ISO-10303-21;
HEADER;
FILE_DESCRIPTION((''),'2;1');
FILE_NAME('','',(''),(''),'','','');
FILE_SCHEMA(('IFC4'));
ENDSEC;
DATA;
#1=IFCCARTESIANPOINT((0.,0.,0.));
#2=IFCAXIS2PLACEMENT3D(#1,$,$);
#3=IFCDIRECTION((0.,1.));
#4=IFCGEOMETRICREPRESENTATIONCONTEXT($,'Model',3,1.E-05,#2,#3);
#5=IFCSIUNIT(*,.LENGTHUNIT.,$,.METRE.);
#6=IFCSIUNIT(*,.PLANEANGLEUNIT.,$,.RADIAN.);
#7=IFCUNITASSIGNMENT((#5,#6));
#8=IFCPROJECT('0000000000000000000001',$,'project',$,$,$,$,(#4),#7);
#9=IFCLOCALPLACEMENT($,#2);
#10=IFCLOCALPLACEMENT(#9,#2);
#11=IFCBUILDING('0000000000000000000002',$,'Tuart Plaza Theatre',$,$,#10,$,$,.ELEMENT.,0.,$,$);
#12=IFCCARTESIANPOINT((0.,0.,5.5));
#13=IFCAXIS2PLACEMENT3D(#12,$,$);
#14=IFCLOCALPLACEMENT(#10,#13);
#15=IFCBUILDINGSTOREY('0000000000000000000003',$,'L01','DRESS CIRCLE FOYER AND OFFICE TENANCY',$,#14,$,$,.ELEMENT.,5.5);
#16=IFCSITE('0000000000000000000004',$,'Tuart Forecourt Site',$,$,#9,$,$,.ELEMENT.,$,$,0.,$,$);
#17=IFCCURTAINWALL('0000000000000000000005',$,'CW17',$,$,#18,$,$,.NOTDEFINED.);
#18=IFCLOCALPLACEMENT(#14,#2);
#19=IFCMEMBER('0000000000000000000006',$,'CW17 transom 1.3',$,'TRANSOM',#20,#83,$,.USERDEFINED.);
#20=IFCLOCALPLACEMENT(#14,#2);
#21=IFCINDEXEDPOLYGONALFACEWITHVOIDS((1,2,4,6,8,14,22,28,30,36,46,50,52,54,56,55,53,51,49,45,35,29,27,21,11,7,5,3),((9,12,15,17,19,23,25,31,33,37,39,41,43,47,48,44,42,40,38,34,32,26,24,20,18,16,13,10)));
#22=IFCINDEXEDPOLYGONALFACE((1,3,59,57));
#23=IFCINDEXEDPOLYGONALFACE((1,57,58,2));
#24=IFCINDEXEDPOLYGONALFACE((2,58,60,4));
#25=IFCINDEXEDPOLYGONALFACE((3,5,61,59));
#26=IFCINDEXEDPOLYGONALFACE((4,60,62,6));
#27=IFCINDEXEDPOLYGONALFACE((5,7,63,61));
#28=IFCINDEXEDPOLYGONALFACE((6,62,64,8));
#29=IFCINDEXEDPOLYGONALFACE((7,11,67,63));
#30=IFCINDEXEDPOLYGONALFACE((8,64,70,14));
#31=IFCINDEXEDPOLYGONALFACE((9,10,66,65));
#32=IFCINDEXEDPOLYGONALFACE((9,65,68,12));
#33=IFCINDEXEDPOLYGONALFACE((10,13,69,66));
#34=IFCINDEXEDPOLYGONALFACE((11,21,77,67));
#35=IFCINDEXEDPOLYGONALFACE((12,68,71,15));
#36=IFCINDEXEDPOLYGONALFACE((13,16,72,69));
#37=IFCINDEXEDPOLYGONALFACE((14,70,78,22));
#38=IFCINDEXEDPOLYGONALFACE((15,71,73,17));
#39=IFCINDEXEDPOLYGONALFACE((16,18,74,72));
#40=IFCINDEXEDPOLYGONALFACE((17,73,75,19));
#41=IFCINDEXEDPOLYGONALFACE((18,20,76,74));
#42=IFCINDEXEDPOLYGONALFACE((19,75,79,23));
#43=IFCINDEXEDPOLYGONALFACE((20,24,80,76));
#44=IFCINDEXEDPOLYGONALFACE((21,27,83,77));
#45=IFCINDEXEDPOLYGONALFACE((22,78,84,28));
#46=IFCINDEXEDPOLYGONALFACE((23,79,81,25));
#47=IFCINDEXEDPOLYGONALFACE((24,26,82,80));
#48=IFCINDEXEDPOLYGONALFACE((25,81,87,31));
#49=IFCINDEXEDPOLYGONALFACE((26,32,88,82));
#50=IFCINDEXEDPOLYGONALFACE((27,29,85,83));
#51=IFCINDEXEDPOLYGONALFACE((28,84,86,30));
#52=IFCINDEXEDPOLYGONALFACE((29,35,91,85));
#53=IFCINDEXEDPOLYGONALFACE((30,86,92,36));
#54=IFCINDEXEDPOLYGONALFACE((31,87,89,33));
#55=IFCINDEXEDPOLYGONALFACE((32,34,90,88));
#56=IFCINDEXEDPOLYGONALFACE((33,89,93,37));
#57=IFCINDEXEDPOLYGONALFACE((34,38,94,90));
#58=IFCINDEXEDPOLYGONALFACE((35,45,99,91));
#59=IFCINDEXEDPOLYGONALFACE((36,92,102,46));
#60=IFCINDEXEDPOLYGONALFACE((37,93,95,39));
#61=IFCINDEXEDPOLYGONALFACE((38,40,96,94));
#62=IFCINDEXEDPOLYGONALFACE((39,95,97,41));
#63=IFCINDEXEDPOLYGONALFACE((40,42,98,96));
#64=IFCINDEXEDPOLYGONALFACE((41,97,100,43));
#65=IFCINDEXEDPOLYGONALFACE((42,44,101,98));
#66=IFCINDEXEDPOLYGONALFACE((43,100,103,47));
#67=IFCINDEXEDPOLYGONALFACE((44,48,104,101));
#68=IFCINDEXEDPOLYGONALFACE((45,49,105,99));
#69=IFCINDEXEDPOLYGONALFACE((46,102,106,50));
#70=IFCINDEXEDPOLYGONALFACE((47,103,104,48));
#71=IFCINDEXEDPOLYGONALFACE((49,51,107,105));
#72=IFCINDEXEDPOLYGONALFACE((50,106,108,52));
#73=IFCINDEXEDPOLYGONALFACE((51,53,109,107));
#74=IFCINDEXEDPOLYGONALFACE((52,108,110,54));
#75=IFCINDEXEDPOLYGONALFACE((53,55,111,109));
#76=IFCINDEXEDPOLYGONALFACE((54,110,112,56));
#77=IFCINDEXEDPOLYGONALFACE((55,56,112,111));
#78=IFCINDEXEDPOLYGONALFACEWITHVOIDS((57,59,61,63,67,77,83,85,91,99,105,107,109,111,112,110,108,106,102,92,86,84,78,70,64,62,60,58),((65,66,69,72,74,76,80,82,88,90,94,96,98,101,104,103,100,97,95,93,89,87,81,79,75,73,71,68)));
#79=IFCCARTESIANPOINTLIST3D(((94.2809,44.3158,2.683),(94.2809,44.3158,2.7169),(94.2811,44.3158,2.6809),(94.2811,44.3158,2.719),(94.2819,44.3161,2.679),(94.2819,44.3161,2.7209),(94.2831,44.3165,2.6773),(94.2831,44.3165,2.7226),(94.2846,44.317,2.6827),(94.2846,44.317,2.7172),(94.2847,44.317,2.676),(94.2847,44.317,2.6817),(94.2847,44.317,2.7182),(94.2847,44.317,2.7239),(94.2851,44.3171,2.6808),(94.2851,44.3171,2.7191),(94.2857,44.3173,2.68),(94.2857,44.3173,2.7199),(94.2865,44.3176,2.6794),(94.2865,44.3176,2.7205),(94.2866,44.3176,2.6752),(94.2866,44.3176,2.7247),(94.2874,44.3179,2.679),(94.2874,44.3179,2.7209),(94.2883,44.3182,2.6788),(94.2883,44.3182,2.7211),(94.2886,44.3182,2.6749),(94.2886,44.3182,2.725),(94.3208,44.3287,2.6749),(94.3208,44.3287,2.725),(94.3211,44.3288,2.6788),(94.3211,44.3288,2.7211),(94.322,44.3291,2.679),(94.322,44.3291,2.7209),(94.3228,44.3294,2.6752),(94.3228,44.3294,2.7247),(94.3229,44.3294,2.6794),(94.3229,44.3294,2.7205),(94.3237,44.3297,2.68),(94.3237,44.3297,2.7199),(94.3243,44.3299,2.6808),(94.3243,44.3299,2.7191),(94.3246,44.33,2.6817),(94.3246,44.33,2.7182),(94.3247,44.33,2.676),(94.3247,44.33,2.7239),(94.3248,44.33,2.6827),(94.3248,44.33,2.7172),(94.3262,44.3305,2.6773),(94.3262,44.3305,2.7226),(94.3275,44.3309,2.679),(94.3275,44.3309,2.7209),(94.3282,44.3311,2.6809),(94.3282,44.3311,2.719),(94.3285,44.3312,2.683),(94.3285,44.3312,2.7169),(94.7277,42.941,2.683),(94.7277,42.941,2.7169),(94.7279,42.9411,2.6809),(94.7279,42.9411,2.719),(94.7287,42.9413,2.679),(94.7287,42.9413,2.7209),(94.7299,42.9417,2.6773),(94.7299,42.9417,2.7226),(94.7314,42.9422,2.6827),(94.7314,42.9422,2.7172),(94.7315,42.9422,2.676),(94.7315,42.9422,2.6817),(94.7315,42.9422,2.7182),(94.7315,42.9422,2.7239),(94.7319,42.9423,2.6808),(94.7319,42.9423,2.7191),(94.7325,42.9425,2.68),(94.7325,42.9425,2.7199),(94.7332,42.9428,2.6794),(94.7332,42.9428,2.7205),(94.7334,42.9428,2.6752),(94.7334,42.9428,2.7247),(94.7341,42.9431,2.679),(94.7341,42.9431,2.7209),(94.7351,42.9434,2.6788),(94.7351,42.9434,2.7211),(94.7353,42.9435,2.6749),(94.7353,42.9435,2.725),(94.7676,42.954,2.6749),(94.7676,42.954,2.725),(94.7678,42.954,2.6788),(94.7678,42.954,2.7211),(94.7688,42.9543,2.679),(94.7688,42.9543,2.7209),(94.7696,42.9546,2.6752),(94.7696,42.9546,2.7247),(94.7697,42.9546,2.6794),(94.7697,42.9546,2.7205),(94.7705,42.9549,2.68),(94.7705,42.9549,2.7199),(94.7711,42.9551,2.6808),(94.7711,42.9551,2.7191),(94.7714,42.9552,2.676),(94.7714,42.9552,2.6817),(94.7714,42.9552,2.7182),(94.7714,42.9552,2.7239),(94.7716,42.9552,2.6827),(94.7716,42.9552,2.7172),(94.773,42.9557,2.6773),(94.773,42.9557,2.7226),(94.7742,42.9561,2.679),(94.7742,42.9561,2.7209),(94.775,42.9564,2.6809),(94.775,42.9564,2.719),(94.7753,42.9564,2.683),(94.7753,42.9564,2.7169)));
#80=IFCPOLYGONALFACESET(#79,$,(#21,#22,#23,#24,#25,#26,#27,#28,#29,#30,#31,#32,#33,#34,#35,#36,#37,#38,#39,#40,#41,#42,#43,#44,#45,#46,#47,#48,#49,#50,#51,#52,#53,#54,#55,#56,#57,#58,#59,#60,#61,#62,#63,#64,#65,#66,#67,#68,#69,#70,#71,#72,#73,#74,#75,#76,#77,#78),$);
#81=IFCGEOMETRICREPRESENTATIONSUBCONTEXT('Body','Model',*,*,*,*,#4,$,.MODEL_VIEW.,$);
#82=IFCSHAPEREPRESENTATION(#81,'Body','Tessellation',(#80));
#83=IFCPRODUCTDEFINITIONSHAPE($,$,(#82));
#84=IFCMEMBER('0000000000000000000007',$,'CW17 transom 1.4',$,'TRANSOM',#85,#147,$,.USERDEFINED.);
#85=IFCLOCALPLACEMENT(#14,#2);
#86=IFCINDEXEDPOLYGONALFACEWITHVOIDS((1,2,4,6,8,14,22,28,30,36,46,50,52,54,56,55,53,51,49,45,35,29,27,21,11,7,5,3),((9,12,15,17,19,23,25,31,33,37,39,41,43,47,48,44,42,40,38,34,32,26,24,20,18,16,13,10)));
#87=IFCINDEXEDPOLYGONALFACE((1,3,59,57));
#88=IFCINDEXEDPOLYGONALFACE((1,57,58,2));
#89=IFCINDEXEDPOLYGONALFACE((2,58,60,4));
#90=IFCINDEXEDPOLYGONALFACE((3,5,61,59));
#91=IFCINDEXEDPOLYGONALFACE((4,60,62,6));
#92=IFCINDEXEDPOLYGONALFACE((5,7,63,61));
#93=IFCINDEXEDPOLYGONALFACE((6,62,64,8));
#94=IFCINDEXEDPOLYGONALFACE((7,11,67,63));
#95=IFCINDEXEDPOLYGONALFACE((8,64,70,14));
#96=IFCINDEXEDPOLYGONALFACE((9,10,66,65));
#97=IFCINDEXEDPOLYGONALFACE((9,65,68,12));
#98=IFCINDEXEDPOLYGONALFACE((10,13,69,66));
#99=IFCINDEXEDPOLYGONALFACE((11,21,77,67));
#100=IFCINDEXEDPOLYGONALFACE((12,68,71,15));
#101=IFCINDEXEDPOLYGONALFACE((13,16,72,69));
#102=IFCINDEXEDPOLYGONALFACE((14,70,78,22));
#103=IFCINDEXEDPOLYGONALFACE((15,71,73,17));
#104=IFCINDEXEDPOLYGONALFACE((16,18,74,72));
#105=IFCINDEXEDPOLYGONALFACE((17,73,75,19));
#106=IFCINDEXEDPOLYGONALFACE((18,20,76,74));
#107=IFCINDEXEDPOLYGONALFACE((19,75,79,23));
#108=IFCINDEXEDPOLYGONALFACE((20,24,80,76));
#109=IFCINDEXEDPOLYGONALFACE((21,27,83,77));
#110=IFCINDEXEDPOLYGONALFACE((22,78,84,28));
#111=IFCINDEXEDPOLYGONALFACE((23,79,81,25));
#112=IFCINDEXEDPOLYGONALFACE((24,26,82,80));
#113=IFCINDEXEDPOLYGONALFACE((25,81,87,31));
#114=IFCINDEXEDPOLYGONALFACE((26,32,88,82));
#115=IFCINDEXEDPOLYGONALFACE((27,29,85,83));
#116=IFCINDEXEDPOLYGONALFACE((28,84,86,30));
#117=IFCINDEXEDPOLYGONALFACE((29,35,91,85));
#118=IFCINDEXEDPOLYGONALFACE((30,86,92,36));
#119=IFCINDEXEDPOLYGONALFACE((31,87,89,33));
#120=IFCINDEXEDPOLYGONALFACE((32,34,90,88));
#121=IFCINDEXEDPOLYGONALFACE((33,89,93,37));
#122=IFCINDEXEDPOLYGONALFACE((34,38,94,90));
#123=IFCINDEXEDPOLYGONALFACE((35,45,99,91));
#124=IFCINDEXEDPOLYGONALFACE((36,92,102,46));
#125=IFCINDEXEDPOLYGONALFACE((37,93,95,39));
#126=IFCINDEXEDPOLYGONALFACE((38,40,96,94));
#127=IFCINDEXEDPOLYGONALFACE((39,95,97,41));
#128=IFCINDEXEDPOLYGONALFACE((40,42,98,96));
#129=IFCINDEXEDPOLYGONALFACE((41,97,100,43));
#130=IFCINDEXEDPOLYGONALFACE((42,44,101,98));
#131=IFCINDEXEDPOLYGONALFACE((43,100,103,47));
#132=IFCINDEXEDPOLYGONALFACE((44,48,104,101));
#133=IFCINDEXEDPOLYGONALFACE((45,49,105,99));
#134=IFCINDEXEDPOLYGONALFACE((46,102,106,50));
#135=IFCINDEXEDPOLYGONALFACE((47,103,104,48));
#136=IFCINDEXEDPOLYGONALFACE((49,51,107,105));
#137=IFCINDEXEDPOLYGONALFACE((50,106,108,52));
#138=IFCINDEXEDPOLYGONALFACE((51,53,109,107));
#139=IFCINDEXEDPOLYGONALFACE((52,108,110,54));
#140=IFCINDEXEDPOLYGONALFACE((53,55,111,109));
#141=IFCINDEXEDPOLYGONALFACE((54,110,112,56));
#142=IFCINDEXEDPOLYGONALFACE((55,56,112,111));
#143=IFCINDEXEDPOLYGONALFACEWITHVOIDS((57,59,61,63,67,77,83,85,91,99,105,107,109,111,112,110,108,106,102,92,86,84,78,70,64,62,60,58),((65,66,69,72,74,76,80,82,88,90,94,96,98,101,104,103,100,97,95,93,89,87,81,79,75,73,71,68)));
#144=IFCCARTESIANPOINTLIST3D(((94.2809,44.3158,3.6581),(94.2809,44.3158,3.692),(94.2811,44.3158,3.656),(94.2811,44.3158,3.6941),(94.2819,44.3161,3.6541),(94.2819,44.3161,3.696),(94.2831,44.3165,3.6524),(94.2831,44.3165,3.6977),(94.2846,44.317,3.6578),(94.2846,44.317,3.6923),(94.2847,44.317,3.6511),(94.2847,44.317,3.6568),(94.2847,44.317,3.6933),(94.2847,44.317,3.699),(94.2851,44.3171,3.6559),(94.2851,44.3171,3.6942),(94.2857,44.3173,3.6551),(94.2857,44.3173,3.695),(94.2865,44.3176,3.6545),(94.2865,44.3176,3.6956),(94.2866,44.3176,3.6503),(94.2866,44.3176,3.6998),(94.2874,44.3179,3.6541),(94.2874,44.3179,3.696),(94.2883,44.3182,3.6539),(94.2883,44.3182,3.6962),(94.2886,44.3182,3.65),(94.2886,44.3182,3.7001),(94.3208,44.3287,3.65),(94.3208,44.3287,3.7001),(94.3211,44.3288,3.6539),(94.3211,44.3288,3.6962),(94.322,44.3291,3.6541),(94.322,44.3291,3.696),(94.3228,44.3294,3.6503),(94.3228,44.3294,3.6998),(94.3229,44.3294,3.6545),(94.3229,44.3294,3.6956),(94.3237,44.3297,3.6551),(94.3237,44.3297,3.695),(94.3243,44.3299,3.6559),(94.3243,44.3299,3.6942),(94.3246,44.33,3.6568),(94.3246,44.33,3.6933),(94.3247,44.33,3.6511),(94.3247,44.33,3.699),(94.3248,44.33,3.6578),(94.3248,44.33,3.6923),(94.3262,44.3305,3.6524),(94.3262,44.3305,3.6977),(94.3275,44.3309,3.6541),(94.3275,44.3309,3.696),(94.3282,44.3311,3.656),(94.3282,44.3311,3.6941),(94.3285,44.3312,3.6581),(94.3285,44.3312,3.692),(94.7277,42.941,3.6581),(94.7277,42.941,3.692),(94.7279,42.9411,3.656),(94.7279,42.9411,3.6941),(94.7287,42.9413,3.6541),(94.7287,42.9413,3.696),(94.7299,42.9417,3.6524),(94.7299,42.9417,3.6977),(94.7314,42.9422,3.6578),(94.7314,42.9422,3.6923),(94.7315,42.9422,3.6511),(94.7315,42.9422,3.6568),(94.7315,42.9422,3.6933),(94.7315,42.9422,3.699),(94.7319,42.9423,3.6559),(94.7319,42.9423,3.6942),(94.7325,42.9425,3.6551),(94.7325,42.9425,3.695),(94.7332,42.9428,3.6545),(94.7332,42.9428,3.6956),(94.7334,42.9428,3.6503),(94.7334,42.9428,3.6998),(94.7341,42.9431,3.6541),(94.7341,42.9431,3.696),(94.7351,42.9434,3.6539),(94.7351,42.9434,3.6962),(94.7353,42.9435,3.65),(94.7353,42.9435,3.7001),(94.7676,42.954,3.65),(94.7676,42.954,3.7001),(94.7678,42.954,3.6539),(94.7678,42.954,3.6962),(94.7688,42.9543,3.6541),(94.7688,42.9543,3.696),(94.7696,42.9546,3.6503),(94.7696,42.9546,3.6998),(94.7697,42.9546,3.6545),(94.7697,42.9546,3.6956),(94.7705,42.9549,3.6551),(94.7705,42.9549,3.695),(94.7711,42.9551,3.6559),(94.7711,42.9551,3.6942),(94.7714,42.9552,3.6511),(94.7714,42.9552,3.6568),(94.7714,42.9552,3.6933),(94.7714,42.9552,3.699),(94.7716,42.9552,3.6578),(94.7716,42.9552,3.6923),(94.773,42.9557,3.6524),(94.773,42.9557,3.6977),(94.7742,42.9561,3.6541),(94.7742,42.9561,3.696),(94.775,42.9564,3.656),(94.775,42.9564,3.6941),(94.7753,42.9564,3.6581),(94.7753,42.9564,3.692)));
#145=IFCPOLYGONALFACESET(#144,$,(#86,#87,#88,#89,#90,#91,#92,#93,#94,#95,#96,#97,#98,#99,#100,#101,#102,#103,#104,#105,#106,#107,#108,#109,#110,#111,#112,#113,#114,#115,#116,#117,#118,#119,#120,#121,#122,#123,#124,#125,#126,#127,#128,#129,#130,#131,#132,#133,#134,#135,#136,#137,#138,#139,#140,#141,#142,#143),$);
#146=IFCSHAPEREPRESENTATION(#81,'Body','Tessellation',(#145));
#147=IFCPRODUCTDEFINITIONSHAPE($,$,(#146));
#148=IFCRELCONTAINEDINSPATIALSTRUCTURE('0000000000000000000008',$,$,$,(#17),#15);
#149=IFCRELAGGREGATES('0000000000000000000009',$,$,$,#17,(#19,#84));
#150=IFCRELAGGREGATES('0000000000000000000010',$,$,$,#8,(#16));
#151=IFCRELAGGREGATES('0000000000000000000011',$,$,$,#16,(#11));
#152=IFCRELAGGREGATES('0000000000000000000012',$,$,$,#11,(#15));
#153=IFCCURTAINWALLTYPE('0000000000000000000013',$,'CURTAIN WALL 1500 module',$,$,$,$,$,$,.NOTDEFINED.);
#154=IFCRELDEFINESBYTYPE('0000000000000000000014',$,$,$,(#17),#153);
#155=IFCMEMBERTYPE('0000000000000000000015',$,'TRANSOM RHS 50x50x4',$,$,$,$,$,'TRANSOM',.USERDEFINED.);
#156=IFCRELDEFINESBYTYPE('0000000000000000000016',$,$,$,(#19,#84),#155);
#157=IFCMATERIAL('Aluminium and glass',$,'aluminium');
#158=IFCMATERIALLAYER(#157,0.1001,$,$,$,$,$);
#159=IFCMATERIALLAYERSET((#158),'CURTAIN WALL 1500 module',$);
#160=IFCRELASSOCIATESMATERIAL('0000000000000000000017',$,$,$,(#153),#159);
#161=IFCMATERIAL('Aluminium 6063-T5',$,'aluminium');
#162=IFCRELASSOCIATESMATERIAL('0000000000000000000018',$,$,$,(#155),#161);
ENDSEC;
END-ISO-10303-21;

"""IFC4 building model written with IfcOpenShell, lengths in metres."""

from ifc_helpers import new_model, si_unit, direction, frame, origin, origin_2d, place, context, subcontext, project, spatial, hollow_rectangle, extrude, material, layer, layer_set, material_profile, profile_set, type_object, element, aggregate, save


model = new_model("IFC4")

# Units and contexts
model_context = context("Model", 3, precision=1e-05, world=origin(), true_north=direction((0.0, 1.0)))
body_context = subcontext(model_context, "Body", "Model", "MODEL_VIEW")
ifc_project = project(units=[si_unit("LENGTHUNIT", "METRE"), si_unit("PLANEANGLEUNIT", "RADIAN")], contexts=[model_context])

# Site, building, storey
site_placement = place(None, origin())
site = spatial("IfcSite", under=ifc_project, at=site_placement, Name="Tuart Forecourt Site", CompositionType="ELEMENT", RefElevation=0.0)
building_placement = place(site_placement, origin())
building = spatial("IfcBuilding", under=site, at=building_placement, Name="Tuart Plaza Theatre", CompositionType="ELEMENT", ElevationOfRefHeight=0.0)
storey_placement = place(building_placement, frame((0.0, 0.0, 5.5)))
storey = spatial("IfcBuildingStorey", under=building, at=storey_placement, Name="L01", Description="DRESS CIRCLE FOYER AND OFFICE TENANCY", CompositionType="ELEMENT", Elevation=5.5)

# Shared definitions
ifc_material_1 = material(Name="Aluminium and glass", Category="aluminium")
ifc_layer_1 = layer(ifc_material_1, 0.1001)
ifc_layer_set_1 = layer_set([ifc_layer_1], Name="CURTAIN WALL 1500 module")
curtain_wall_type = type_object("IfcCurtainWallType", Name="CURTAIN WALL 1500 module", PredefinedType="NOTDEFINED", material=ifc_layer_set_1)

# Curtain wall
curtain_wall_1_placement = place(storey_placement, origin())
curtain_wall_1 = element("IfcCurtainWall", 1, at=curtain_wall_1_placement, inside=storey, type_object=curtain_wall_type, Name="CW17", PredefinedType="NOTDEFINED")

# Members
ifc_material_2 = material(Name="Aluminium 6063-T5", Category="aluminium")
ifc_material_profile_1 = material_profile(ifc_material_2, hollow_rectangle(XDim=0.05, YDim=0.05, WallThickness=0.0039, InnerFilletRadius=0.0039, OuterFilletRadius=0.0081, at=origin_2d()), Name="RHS 50x50x4")
ifc_profile_set_1 = profile_set([ifc_material_profile_1], Name="Aluminium 6063-T5")
member_type_1 = type_object("IfcMemberType", Name="TRANSOM RHS 50x50x4", ElementType="TRANSOM", PredefinedType="USERDEFINED", material=ifc_profile_set_1)
member_1_placement = place(storey_placement, frame((94.3047, 44.3235, 2.7), z_axis=(0.309075, -0.951038, 0.0), x_axis=(0.951038, 0.309075, 0.0)))
member_1 = element("IfcMember", 2, at=member_1_placement, type_object=member_type_1, Name="CW17 transom 1.3", ObjectType="TRANSOM", PredefinedType="USERDEFINED", context=body_context, shape_type="SweptSolid", body=[
    extrude(hollow_rectangle(XDim=0.05, YDim=0.05, WallThickness=0.0039, InnerFilletRadius=0.0039, OuterFilletRadius=0.0081, at=origin_2d()), origin(), (0.0, 0.0, 1.0), 1.4456),
])
member_2_placement = place(storey_placement, frame((94.3047, 44.3235, 3.675), z_axis=(0.309075, -0.951038, 0.0), x_axis=(0.951038, 0.309075, 0.0)))
member_2 = element("IfcMember", 3, at=member_2_placement, type_object=member_type_1, Name="CW17 transom 1.4", ObjectType="TRANSOM", PredefinedType="USERDEFINED", context=body_context, shape_type="SweptSolid", body=[
    extrude(hollow_rectangle(XDim=0.05, YDim=0.05, WallThickness=0.0039, InnerFilletRadius=0.0039, OuterFilletRadius=0.0081, at=origin_2d()), origin(), (0.0, 0.0, 1.0), 1.4456),
])

aggregate(curtain_wall_1, [member_1, member_2])

save(model, "model.ifc")
